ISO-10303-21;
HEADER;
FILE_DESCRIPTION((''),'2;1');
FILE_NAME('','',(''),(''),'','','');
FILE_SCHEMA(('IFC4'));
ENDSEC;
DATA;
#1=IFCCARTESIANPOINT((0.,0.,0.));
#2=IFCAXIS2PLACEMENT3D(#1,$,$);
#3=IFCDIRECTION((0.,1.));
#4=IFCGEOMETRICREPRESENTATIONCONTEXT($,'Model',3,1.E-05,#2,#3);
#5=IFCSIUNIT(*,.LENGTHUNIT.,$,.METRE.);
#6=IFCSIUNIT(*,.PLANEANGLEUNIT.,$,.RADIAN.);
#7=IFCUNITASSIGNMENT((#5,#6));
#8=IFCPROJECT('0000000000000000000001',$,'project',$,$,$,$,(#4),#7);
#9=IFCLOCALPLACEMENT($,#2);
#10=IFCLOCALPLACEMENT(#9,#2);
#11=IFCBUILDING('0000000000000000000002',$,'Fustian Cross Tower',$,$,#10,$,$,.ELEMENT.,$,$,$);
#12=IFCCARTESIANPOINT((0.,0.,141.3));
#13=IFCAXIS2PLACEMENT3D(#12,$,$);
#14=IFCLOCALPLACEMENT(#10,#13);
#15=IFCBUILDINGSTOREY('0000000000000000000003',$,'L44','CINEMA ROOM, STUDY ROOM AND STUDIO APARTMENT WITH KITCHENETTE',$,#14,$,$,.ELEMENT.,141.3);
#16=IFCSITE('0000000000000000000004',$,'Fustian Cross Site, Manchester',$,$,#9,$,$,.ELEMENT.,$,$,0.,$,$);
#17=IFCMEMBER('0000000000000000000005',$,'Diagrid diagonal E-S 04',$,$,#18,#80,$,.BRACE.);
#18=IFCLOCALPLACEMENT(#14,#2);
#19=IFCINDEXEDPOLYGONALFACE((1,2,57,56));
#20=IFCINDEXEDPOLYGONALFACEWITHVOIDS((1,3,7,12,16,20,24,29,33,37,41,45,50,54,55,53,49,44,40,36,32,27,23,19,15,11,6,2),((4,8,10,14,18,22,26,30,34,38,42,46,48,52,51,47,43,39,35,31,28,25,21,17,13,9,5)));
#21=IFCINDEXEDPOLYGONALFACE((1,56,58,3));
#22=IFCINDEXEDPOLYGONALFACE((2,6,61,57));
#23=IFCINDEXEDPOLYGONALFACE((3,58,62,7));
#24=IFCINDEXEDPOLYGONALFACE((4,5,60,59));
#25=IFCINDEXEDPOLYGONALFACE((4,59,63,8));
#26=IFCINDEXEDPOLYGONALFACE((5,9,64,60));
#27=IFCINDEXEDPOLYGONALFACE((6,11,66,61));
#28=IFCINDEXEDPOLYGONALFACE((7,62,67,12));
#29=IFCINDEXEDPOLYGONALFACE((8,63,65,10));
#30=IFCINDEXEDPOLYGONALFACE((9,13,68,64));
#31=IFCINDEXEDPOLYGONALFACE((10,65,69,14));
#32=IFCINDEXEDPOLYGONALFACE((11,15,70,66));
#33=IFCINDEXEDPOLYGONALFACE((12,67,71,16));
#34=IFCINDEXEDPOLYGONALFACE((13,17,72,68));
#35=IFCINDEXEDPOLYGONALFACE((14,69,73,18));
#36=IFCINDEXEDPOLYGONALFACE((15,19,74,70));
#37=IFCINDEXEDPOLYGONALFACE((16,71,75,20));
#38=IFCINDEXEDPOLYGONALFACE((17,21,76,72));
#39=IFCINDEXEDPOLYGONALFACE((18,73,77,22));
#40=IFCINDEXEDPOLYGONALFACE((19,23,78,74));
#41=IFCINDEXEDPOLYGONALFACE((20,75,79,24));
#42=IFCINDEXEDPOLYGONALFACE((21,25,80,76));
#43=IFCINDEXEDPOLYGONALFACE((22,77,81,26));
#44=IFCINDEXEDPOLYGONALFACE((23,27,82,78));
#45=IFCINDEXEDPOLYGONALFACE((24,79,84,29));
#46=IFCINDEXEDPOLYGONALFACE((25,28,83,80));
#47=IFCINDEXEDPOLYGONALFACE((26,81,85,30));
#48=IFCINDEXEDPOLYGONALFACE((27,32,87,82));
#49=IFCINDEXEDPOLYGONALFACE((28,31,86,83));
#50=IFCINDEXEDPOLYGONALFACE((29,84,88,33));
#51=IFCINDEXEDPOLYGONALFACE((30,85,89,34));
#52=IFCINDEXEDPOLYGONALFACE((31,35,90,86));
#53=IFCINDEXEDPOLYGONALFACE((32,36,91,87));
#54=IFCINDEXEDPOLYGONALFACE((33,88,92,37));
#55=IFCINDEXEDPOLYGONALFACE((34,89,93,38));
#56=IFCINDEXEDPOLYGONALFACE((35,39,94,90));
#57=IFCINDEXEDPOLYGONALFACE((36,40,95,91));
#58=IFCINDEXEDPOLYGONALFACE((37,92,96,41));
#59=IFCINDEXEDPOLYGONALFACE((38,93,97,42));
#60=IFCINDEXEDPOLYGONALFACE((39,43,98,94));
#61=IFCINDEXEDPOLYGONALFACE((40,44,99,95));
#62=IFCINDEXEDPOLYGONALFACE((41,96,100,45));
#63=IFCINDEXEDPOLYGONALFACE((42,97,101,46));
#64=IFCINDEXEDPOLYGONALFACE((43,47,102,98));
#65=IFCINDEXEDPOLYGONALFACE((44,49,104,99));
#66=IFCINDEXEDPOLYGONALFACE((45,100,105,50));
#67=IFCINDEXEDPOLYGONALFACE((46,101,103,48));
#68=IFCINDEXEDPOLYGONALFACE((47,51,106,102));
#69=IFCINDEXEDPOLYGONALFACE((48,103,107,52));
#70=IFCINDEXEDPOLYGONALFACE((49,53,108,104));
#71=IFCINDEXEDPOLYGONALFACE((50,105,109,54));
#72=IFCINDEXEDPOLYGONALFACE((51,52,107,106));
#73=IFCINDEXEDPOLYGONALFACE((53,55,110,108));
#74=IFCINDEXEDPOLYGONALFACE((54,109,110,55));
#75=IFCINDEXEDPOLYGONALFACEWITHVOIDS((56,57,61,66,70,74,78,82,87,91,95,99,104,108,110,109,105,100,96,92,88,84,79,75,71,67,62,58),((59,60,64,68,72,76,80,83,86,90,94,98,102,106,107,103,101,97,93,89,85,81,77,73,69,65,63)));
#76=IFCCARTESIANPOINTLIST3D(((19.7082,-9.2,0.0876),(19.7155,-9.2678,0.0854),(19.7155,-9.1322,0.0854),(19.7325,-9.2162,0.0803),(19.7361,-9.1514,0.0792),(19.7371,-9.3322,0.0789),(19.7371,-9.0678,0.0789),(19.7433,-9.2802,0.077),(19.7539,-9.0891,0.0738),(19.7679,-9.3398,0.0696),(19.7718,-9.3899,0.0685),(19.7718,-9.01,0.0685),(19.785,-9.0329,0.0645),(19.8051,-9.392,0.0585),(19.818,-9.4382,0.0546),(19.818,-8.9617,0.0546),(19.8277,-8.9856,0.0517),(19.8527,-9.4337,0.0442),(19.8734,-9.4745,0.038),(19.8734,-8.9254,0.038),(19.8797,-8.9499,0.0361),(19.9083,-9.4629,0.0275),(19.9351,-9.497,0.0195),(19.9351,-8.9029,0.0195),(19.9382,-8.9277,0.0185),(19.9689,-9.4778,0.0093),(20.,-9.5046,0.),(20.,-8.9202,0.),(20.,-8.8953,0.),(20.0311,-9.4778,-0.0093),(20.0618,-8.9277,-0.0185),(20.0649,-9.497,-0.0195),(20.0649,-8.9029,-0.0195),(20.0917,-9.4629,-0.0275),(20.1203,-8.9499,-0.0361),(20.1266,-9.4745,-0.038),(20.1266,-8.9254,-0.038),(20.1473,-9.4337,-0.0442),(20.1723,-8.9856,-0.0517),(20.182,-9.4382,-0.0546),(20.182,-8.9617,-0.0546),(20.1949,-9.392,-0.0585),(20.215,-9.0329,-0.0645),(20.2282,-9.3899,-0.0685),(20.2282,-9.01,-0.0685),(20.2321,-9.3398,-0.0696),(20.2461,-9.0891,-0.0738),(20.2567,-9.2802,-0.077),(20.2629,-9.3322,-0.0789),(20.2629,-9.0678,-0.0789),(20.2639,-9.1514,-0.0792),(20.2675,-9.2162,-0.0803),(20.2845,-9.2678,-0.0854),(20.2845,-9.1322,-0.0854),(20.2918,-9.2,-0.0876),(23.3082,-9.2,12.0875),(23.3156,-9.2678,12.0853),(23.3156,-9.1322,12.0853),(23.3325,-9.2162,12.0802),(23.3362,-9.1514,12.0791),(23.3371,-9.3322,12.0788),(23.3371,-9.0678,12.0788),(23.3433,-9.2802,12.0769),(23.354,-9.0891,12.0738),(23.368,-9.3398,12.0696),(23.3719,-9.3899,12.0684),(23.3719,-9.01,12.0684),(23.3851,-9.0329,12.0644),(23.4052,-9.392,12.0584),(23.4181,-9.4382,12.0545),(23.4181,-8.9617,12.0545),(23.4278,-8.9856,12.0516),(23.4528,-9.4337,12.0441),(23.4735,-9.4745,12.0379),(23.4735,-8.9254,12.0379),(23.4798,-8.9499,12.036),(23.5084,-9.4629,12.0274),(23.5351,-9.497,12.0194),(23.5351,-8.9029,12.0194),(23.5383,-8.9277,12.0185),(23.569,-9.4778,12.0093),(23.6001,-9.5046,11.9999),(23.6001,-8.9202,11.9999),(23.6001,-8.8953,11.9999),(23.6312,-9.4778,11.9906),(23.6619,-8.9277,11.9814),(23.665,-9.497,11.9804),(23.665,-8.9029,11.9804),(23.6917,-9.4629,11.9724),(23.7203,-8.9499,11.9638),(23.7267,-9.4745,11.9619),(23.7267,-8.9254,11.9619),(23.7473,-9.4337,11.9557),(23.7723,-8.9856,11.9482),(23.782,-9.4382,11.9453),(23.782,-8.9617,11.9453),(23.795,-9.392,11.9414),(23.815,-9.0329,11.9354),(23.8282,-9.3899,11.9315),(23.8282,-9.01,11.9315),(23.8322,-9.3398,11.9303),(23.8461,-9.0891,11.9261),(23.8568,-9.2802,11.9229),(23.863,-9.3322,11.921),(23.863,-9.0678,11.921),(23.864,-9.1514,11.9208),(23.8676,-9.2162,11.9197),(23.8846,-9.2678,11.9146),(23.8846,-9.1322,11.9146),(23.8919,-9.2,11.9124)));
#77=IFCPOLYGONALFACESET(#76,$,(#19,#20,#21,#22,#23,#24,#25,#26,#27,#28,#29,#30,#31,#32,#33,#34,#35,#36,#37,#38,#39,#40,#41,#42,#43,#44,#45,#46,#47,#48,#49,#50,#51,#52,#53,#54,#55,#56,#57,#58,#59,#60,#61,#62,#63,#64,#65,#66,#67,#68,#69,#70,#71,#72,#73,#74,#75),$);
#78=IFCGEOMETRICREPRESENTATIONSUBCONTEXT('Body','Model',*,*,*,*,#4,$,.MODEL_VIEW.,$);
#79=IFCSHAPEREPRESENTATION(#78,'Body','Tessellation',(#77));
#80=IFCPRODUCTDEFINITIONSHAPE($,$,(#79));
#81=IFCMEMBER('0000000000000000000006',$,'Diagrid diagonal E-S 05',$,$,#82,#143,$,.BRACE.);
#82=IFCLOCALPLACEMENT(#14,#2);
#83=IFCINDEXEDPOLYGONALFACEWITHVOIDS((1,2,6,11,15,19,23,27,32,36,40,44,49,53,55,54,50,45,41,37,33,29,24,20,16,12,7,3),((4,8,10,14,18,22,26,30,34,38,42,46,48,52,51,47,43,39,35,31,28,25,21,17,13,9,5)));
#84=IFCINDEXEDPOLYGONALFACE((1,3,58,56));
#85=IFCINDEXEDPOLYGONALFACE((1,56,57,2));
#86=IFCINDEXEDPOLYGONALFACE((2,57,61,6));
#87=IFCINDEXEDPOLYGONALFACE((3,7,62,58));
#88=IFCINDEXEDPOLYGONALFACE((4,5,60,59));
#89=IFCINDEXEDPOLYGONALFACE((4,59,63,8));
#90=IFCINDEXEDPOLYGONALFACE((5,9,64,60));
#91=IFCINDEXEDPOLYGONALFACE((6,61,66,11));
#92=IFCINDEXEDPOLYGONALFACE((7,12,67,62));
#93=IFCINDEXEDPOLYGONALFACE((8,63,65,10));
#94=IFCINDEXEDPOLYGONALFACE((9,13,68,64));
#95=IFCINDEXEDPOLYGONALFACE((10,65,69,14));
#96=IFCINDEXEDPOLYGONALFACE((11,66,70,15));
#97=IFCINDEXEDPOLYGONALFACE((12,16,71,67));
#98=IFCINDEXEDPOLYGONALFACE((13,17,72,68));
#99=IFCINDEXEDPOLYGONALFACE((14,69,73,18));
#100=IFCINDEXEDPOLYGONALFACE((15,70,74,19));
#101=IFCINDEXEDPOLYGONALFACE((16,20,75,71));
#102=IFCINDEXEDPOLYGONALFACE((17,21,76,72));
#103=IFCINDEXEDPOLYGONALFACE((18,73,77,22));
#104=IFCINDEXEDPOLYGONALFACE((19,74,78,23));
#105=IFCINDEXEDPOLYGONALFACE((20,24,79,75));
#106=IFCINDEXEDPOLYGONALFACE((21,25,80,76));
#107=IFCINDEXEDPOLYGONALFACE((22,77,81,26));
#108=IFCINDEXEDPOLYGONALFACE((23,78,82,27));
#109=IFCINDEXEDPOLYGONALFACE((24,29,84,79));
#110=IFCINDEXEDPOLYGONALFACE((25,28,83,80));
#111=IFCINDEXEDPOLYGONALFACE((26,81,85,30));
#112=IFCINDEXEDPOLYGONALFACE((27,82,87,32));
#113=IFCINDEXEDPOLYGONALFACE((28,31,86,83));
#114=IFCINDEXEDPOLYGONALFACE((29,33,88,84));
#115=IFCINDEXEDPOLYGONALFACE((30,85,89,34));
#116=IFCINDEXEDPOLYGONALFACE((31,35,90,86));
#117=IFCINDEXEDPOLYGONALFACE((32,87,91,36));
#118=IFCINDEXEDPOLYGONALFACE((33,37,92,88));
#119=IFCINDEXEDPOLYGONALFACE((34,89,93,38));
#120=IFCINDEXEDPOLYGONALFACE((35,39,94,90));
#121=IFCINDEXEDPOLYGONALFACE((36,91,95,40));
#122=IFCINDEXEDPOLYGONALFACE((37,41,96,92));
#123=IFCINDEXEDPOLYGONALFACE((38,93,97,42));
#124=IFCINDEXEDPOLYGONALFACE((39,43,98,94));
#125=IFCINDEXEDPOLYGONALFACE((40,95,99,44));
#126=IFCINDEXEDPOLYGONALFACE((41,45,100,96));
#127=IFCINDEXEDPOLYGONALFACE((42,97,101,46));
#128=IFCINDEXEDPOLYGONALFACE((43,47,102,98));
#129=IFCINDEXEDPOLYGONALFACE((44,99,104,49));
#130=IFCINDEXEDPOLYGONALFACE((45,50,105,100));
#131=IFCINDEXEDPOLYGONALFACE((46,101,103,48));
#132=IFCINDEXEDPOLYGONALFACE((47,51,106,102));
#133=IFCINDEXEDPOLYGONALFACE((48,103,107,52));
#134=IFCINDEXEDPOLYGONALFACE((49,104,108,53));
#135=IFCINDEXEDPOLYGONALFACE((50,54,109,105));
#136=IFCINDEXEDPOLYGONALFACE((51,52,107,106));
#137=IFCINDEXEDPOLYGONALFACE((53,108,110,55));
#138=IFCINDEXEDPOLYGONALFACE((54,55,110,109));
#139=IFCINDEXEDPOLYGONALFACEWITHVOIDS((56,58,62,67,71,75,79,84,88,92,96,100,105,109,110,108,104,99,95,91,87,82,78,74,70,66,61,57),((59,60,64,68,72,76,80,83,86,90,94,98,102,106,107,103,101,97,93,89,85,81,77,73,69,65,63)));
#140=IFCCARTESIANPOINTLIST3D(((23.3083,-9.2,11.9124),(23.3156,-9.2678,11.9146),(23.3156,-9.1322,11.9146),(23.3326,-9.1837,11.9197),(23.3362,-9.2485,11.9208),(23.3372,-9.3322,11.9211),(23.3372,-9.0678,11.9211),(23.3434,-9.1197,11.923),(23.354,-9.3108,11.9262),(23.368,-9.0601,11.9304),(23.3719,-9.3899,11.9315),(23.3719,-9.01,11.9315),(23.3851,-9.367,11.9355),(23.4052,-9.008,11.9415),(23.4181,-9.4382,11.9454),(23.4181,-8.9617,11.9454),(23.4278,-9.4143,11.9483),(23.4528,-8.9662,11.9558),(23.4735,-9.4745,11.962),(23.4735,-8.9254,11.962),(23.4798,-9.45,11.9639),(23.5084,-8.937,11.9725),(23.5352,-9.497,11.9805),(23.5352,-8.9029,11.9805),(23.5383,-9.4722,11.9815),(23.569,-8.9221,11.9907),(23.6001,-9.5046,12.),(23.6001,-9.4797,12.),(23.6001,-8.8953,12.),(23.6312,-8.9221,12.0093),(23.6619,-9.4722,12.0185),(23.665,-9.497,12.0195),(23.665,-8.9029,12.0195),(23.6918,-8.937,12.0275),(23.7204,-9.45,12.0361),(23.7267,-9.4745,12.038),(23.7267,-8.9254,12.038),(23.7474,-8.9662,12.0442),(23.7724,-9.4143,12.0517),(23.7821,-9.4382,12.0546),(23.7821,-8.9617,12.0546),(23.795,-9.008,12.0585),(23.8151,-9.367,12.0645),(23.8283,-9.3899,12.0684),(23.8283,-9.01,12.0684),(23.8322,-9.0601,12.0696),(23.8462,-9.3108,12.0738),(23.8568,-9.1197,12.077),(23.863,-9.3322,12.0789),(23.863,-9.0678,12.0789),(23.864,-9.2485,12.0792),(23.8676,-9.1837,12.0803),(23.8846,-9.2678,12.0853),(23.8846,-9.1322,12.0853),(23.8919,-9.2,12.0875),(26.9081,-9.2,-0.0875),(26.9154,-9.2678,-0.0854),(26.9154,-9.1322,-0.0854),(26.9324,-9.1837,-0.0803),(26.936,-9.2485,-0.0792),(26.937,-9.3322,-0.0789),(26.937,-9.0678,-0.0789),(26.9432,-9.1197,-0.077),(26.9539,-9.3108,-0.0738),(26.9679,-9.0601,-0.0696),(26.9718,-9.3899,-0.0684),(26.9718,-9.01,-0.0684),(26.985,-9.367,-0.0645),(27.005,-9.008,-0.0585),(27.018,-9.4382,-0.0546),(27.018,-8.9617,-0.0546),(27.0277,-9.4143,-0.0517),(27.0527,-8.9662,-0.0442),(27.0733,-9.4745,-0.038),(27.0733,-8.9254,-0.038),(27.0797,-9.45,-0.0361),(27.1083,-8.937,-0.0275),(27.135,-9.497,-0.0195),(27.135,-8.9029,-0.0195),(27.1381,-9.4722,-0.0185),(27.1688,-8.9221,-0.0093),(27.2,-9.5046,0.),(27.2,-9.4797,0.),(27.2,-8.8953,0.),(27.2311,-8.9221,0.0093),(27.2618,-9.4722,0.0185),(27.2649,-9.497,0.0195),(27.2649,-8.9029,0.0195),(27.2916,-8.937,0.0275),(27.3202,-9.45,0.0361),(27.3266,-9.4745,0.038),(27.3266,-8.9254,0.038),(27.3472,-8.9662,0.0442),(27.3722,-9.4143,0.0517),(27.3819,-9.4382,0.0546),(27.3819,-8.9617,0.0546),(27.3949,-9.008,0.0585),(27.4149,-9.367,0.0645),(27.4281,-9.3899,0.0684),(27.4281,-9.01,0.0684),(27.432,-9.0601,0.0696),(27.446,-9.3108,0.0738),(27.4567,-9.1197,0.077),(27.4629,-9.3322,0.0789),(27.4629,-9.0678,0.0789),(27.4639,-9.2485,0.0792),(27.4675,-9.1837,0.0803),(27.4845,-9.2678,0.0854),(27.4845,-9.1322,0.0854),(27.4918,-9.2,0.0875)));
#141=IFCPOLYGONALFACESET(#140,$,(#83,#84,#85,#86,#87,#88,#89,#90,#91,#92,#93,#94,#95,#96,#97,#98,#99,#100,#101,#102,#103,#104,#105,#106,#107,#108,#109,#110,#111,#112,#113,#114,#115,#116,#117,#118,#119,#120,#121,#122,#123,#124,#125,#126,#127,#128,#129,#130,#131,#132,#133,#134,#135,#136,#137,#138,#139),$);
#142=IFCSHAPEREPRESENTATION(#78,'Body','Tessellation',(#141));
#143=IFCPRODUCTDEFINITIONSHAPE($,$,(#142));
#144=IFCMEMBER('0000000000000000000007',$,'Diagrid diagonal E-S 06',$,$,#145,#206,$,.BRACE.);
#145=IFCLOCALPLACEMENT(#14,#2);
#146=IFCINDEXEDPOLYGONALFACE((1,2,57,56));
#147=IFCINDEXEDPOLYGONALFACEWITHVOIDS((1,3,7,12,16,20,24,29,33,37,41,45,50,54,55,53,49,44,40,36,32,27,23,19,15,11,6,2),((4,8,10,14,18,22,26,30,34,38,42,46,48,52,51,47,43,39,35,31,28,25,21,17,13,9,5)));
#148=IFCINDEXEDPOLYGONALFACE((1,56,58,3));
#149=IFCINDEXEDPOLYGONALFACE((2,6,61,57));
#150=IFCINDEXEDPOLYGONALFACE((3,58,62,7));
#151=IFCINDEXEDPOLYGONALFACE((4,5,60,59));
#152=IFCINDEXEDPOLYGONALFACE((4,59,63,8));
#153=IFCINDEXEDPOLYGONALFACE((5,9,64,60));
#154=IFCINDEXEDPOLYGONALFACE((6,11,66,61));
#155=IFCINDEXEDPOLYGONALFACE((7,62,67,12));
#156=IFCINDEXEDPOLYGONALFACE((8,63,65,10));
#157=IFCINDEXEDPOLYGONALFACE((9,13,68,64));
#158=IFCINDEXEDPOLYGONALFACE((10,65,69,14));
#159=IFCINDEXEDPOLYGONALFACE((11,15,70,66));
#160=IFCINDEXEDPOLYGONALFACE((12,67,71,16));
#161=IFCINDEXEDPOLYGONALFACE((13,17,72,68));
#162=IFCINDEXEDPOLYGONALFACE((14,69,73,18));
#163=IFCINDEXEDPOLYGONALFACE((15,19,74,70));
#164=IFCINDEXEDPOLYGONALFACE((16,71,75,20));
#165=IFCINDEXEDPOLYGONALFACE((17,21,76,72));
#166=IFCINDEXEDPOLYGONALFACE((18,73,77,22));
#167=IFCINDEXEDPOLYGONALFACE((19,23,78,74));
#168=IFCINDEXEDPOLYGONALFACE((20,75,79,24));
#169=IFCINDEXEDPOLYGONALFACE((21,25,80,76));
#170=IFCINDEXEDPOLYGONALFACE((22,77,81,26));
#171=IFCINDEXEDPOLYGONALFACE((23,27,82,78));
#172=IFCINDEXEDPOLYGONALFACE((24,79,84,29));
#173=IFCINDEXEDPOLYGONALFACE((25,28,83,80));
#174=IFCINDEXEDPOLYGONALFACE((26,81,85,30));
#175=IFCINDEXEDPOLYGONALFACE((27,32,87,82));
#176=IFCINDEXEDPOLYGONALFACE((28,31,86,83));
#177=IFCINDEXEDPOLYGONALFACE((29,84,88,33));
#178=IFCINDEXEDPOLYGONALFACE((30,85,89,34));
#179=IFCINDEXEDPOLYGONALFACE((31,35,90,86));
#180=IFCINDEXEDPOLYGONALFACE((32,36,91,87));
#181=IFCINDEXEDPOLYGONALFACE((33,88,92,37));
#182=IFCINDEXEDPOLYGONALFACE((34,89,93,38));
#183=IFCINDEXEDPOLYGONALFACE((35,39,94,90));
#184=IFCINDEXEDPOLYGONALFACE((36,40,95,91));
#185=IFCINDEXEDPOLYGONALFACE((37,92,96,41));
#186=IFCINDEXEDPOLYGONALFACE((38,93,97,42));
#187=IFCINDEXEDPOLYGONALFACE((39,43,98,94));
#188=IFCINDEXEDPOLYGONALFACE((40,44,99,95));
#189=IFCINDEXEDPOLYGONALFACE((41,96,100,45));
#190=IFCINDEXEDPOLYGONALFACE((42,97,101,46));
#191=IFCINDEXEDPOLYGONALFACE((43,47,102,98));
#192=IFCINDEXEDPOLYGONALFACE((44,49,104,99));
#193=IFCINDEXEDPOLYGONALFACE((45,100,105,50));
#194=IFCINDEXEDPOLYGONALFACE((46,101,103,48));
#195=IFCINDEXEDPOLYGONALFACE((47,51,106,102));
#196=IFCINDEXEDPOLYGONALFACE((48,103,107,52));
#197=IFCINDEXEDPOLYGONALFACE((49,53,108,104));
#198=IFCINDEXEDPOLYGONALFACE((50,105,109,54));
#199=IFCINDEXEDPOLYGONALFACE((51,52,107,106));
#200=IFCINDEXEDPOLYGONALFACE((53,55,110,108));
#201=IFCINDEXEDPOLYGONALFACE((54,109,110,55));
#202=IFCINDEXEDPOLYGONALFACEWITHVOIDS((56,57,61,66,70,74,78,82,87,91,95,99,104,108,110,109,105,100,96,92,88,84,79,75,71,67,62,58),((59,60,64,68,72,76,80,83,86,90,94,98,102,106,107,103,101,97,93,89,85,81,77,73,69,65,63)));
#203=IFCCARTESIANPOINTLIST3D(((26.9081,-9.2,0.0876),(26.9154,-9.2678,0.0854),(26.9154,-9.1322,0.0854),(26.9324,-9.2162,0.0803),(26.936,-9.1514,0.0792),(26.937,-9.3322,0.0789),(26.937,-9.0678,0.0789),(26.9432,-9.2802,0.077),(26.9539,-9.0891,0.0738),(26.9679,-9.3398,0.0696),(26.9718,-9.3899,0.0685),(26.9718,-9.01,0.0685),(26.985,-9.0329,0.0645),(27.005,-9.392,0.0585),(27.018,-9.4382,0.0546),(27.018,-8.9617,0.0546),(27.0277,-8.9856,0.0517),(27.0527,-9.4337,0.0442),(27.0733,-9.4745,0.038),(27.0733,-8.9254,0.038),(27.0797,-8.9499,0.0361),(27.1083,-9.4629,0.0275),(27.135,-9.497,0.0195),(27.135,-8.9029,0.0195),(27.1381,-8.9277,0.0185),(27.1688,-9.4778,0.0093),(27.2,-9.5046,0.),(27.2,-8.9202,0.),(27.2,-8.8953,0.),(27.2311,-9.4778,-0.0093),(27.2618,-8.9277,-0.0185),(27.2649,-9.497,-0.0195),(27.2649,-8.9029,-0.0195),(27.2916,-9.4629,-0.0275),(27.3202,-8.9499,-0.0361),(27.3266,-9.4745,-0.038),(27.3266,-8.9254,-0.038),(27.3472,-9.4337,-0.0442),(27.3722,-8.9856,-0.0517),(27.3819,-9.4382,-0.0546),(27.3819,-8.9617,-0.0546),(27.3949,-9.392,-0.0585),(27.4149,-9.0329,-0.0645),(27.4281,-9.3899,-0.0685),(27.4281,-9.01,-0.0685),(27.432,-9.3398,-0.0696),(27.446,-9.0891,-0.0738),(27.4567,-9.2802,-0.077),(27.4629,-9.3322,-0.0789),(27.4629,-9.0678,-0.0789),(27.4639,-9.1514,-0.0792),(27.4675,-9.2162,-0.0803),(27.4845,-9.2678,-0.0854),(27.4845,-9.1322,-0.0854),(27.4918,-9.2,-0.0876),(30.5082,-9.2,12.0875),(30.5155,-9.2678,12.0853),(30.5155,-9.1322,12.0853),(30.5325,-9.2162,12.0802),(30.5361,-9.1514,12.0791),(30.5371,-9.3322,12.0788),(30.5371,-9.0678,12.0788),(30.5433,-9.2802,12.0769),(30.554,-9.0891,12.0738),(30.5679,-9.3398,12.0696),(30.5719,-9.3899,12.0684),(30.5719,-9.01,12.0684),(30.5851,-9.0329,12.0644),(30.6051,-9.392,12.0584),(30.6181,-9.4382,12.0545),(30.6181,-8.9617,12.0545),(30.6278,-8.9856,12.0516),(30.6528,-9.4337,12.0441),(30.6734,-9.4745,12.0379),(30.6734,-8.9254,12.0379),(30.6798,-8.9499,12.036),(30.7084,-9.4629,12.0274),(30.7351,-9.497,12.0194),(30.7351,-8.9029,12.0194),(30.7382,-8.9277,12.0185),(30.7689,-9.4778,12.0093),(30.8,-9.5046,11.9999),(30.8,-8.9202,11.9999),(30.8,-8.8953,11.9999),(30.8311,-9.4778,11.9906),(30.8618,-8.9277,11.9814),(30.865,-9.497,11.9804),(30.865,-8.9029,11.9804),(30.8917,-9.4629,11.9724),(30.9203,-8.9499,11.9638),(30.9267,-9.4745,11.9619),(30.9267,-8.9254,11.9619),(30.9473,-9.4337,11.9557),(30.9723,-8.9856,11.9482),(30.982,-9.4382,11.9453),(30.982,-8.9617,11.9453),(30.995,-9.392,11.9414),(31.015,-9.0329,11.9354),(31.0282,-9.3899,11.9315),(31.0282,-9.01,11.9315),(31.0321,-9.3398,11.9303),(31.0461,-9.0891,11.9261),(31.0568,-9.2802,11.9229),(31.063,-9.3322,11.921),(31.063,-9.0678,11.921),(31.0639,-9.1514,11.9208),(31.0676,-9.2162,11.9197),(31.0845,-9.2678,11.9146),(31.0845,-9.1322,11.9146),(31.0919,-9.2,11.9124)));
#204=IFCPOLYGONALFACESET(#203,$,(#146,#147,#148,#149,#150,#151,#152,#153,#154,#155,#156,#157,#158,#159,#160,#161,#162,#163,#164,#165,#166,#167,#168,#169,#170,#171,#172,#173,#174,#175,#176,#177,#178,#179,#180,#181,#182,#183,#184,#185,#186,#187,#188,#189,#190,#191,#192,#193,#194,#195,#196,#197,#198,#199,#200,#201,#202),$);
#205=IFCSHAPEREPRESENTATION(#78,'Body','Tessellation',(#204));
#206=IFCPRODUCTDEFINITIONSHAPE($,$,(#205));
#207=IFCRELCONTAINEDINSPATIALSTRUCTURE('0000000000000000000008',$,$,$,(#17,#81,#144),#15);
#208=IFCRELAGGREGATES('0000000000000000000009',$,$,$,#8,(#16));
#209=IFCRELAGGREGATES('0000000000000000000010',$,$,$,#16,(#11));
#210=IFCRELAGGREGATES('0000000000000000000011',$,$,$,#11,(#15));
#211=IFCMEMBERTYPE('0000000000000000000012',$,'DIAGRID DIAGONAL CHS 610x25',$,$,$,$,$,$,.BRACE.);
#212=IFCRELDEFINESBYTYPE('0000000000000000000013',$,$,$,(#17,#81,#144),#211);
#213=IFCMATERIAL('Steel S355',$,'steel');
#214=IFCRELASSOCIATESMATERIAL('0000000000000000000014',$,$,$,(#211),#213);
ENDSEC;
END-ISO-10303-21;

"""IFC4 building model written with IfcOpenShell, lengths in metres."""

from ifc_helpers import new_model, si_unit, direction, frame, origin, origin_2d, place, context, subcontext, project, spatial, hollow_circle, extrude, material, material_profile, profile_set, type_object, element, save


model = new_model("IFC4")

# Units and contexts
model_context = context("Model", 3, precision=1e-05, world=origin(), true_north=direction((0.0, 1.0)))
body_context = subcontext(model_context, "Body", "Model", "MODEL_VIEW")
ifc_project = project(units=[si_unit("LENGTHUNIT", "METRE"), si_unit("PLANEANGLEUNIT", "RADIAN")], contexts=[model_context])

# Site, building, storey
site_placement = place(None, origin())
site = spatial("IfcSite", under=ifc_project, at=site_placement, Name="Fustian Cross Site, Manchester", CompositionType="ELEMENT", RefElevation=0.0)
building_placement = place(site_placement, origin())
building = spatial("IfcBuilding", under=site, at=building_placement, Name="Fustian Cross Tower", CompositionType="ELEMENT")
storey_placement = place(building_placement, frame((0.0, 0.0, 141.3)))
storey = spatial("IfcBuildingStorey", under=building, at=storey_placement, Name="L44", Description="CINEMA ROOM, STUDY ROOM AND STUDIO APARTMENT WITH KITCHENETTE", CompositionType="ELEMENT", Elevation=141.3)

# Members
ifc_material_1 = material(Name="Steel S355", Category="steel")
ifc_material_profile_1 = material_profile(ifc_material_1, hollow_circle(Radius=0.3047, WallThickness=0.0249, at=origin_2d()), Name="CHS 610x25")
ifc_profile_set_1 = profile_set([ifc_material_profile_1], Name="Steel S355")
member_type_1 = type_object("IfcMemberType", Name="DIAGRID DIAGONAL CHS 610x25", PredefinedType="BRACE", material=ifc_profile_set_1)
for number, where, z_axis, x_axis, name in (
    (1, (20.0, -9.2, 0.0), (0.287355, 0.0, 0.957824), (0.0, 1.0, 0.0), "Diagrid diagonal E-S 04"),
    (2, (27.2, -9.2, 0.0), (-0.287337, 0.0, 0.95783), (0.0, -1.0, 0.0), "Diagrid diagonal E-S 05"),
    (3, (27.2, -9.2, 0.0), (0.287355, 0.0, 0.957824), (0.0, 1.0, 0.0), "Diagrid diagonal E-S 06"),
):
    element("IfcMember", number, at=place(storey_placement, frame(where, z_axis=z_axis, x_axis=x_axis)), inside=storey, type_object=member_type_1, Name=name, PredefinedType="BRACE", context=body_context, shape_type="SweptSolid", body=[
        extrude(hollow_circle(Radius=0.3047, WallThickness=0.0249, at=origin_2d()), origin(), (0.0, 0.0, 1.0), 12.5283),
    ])

save(model, "model.ifc")
